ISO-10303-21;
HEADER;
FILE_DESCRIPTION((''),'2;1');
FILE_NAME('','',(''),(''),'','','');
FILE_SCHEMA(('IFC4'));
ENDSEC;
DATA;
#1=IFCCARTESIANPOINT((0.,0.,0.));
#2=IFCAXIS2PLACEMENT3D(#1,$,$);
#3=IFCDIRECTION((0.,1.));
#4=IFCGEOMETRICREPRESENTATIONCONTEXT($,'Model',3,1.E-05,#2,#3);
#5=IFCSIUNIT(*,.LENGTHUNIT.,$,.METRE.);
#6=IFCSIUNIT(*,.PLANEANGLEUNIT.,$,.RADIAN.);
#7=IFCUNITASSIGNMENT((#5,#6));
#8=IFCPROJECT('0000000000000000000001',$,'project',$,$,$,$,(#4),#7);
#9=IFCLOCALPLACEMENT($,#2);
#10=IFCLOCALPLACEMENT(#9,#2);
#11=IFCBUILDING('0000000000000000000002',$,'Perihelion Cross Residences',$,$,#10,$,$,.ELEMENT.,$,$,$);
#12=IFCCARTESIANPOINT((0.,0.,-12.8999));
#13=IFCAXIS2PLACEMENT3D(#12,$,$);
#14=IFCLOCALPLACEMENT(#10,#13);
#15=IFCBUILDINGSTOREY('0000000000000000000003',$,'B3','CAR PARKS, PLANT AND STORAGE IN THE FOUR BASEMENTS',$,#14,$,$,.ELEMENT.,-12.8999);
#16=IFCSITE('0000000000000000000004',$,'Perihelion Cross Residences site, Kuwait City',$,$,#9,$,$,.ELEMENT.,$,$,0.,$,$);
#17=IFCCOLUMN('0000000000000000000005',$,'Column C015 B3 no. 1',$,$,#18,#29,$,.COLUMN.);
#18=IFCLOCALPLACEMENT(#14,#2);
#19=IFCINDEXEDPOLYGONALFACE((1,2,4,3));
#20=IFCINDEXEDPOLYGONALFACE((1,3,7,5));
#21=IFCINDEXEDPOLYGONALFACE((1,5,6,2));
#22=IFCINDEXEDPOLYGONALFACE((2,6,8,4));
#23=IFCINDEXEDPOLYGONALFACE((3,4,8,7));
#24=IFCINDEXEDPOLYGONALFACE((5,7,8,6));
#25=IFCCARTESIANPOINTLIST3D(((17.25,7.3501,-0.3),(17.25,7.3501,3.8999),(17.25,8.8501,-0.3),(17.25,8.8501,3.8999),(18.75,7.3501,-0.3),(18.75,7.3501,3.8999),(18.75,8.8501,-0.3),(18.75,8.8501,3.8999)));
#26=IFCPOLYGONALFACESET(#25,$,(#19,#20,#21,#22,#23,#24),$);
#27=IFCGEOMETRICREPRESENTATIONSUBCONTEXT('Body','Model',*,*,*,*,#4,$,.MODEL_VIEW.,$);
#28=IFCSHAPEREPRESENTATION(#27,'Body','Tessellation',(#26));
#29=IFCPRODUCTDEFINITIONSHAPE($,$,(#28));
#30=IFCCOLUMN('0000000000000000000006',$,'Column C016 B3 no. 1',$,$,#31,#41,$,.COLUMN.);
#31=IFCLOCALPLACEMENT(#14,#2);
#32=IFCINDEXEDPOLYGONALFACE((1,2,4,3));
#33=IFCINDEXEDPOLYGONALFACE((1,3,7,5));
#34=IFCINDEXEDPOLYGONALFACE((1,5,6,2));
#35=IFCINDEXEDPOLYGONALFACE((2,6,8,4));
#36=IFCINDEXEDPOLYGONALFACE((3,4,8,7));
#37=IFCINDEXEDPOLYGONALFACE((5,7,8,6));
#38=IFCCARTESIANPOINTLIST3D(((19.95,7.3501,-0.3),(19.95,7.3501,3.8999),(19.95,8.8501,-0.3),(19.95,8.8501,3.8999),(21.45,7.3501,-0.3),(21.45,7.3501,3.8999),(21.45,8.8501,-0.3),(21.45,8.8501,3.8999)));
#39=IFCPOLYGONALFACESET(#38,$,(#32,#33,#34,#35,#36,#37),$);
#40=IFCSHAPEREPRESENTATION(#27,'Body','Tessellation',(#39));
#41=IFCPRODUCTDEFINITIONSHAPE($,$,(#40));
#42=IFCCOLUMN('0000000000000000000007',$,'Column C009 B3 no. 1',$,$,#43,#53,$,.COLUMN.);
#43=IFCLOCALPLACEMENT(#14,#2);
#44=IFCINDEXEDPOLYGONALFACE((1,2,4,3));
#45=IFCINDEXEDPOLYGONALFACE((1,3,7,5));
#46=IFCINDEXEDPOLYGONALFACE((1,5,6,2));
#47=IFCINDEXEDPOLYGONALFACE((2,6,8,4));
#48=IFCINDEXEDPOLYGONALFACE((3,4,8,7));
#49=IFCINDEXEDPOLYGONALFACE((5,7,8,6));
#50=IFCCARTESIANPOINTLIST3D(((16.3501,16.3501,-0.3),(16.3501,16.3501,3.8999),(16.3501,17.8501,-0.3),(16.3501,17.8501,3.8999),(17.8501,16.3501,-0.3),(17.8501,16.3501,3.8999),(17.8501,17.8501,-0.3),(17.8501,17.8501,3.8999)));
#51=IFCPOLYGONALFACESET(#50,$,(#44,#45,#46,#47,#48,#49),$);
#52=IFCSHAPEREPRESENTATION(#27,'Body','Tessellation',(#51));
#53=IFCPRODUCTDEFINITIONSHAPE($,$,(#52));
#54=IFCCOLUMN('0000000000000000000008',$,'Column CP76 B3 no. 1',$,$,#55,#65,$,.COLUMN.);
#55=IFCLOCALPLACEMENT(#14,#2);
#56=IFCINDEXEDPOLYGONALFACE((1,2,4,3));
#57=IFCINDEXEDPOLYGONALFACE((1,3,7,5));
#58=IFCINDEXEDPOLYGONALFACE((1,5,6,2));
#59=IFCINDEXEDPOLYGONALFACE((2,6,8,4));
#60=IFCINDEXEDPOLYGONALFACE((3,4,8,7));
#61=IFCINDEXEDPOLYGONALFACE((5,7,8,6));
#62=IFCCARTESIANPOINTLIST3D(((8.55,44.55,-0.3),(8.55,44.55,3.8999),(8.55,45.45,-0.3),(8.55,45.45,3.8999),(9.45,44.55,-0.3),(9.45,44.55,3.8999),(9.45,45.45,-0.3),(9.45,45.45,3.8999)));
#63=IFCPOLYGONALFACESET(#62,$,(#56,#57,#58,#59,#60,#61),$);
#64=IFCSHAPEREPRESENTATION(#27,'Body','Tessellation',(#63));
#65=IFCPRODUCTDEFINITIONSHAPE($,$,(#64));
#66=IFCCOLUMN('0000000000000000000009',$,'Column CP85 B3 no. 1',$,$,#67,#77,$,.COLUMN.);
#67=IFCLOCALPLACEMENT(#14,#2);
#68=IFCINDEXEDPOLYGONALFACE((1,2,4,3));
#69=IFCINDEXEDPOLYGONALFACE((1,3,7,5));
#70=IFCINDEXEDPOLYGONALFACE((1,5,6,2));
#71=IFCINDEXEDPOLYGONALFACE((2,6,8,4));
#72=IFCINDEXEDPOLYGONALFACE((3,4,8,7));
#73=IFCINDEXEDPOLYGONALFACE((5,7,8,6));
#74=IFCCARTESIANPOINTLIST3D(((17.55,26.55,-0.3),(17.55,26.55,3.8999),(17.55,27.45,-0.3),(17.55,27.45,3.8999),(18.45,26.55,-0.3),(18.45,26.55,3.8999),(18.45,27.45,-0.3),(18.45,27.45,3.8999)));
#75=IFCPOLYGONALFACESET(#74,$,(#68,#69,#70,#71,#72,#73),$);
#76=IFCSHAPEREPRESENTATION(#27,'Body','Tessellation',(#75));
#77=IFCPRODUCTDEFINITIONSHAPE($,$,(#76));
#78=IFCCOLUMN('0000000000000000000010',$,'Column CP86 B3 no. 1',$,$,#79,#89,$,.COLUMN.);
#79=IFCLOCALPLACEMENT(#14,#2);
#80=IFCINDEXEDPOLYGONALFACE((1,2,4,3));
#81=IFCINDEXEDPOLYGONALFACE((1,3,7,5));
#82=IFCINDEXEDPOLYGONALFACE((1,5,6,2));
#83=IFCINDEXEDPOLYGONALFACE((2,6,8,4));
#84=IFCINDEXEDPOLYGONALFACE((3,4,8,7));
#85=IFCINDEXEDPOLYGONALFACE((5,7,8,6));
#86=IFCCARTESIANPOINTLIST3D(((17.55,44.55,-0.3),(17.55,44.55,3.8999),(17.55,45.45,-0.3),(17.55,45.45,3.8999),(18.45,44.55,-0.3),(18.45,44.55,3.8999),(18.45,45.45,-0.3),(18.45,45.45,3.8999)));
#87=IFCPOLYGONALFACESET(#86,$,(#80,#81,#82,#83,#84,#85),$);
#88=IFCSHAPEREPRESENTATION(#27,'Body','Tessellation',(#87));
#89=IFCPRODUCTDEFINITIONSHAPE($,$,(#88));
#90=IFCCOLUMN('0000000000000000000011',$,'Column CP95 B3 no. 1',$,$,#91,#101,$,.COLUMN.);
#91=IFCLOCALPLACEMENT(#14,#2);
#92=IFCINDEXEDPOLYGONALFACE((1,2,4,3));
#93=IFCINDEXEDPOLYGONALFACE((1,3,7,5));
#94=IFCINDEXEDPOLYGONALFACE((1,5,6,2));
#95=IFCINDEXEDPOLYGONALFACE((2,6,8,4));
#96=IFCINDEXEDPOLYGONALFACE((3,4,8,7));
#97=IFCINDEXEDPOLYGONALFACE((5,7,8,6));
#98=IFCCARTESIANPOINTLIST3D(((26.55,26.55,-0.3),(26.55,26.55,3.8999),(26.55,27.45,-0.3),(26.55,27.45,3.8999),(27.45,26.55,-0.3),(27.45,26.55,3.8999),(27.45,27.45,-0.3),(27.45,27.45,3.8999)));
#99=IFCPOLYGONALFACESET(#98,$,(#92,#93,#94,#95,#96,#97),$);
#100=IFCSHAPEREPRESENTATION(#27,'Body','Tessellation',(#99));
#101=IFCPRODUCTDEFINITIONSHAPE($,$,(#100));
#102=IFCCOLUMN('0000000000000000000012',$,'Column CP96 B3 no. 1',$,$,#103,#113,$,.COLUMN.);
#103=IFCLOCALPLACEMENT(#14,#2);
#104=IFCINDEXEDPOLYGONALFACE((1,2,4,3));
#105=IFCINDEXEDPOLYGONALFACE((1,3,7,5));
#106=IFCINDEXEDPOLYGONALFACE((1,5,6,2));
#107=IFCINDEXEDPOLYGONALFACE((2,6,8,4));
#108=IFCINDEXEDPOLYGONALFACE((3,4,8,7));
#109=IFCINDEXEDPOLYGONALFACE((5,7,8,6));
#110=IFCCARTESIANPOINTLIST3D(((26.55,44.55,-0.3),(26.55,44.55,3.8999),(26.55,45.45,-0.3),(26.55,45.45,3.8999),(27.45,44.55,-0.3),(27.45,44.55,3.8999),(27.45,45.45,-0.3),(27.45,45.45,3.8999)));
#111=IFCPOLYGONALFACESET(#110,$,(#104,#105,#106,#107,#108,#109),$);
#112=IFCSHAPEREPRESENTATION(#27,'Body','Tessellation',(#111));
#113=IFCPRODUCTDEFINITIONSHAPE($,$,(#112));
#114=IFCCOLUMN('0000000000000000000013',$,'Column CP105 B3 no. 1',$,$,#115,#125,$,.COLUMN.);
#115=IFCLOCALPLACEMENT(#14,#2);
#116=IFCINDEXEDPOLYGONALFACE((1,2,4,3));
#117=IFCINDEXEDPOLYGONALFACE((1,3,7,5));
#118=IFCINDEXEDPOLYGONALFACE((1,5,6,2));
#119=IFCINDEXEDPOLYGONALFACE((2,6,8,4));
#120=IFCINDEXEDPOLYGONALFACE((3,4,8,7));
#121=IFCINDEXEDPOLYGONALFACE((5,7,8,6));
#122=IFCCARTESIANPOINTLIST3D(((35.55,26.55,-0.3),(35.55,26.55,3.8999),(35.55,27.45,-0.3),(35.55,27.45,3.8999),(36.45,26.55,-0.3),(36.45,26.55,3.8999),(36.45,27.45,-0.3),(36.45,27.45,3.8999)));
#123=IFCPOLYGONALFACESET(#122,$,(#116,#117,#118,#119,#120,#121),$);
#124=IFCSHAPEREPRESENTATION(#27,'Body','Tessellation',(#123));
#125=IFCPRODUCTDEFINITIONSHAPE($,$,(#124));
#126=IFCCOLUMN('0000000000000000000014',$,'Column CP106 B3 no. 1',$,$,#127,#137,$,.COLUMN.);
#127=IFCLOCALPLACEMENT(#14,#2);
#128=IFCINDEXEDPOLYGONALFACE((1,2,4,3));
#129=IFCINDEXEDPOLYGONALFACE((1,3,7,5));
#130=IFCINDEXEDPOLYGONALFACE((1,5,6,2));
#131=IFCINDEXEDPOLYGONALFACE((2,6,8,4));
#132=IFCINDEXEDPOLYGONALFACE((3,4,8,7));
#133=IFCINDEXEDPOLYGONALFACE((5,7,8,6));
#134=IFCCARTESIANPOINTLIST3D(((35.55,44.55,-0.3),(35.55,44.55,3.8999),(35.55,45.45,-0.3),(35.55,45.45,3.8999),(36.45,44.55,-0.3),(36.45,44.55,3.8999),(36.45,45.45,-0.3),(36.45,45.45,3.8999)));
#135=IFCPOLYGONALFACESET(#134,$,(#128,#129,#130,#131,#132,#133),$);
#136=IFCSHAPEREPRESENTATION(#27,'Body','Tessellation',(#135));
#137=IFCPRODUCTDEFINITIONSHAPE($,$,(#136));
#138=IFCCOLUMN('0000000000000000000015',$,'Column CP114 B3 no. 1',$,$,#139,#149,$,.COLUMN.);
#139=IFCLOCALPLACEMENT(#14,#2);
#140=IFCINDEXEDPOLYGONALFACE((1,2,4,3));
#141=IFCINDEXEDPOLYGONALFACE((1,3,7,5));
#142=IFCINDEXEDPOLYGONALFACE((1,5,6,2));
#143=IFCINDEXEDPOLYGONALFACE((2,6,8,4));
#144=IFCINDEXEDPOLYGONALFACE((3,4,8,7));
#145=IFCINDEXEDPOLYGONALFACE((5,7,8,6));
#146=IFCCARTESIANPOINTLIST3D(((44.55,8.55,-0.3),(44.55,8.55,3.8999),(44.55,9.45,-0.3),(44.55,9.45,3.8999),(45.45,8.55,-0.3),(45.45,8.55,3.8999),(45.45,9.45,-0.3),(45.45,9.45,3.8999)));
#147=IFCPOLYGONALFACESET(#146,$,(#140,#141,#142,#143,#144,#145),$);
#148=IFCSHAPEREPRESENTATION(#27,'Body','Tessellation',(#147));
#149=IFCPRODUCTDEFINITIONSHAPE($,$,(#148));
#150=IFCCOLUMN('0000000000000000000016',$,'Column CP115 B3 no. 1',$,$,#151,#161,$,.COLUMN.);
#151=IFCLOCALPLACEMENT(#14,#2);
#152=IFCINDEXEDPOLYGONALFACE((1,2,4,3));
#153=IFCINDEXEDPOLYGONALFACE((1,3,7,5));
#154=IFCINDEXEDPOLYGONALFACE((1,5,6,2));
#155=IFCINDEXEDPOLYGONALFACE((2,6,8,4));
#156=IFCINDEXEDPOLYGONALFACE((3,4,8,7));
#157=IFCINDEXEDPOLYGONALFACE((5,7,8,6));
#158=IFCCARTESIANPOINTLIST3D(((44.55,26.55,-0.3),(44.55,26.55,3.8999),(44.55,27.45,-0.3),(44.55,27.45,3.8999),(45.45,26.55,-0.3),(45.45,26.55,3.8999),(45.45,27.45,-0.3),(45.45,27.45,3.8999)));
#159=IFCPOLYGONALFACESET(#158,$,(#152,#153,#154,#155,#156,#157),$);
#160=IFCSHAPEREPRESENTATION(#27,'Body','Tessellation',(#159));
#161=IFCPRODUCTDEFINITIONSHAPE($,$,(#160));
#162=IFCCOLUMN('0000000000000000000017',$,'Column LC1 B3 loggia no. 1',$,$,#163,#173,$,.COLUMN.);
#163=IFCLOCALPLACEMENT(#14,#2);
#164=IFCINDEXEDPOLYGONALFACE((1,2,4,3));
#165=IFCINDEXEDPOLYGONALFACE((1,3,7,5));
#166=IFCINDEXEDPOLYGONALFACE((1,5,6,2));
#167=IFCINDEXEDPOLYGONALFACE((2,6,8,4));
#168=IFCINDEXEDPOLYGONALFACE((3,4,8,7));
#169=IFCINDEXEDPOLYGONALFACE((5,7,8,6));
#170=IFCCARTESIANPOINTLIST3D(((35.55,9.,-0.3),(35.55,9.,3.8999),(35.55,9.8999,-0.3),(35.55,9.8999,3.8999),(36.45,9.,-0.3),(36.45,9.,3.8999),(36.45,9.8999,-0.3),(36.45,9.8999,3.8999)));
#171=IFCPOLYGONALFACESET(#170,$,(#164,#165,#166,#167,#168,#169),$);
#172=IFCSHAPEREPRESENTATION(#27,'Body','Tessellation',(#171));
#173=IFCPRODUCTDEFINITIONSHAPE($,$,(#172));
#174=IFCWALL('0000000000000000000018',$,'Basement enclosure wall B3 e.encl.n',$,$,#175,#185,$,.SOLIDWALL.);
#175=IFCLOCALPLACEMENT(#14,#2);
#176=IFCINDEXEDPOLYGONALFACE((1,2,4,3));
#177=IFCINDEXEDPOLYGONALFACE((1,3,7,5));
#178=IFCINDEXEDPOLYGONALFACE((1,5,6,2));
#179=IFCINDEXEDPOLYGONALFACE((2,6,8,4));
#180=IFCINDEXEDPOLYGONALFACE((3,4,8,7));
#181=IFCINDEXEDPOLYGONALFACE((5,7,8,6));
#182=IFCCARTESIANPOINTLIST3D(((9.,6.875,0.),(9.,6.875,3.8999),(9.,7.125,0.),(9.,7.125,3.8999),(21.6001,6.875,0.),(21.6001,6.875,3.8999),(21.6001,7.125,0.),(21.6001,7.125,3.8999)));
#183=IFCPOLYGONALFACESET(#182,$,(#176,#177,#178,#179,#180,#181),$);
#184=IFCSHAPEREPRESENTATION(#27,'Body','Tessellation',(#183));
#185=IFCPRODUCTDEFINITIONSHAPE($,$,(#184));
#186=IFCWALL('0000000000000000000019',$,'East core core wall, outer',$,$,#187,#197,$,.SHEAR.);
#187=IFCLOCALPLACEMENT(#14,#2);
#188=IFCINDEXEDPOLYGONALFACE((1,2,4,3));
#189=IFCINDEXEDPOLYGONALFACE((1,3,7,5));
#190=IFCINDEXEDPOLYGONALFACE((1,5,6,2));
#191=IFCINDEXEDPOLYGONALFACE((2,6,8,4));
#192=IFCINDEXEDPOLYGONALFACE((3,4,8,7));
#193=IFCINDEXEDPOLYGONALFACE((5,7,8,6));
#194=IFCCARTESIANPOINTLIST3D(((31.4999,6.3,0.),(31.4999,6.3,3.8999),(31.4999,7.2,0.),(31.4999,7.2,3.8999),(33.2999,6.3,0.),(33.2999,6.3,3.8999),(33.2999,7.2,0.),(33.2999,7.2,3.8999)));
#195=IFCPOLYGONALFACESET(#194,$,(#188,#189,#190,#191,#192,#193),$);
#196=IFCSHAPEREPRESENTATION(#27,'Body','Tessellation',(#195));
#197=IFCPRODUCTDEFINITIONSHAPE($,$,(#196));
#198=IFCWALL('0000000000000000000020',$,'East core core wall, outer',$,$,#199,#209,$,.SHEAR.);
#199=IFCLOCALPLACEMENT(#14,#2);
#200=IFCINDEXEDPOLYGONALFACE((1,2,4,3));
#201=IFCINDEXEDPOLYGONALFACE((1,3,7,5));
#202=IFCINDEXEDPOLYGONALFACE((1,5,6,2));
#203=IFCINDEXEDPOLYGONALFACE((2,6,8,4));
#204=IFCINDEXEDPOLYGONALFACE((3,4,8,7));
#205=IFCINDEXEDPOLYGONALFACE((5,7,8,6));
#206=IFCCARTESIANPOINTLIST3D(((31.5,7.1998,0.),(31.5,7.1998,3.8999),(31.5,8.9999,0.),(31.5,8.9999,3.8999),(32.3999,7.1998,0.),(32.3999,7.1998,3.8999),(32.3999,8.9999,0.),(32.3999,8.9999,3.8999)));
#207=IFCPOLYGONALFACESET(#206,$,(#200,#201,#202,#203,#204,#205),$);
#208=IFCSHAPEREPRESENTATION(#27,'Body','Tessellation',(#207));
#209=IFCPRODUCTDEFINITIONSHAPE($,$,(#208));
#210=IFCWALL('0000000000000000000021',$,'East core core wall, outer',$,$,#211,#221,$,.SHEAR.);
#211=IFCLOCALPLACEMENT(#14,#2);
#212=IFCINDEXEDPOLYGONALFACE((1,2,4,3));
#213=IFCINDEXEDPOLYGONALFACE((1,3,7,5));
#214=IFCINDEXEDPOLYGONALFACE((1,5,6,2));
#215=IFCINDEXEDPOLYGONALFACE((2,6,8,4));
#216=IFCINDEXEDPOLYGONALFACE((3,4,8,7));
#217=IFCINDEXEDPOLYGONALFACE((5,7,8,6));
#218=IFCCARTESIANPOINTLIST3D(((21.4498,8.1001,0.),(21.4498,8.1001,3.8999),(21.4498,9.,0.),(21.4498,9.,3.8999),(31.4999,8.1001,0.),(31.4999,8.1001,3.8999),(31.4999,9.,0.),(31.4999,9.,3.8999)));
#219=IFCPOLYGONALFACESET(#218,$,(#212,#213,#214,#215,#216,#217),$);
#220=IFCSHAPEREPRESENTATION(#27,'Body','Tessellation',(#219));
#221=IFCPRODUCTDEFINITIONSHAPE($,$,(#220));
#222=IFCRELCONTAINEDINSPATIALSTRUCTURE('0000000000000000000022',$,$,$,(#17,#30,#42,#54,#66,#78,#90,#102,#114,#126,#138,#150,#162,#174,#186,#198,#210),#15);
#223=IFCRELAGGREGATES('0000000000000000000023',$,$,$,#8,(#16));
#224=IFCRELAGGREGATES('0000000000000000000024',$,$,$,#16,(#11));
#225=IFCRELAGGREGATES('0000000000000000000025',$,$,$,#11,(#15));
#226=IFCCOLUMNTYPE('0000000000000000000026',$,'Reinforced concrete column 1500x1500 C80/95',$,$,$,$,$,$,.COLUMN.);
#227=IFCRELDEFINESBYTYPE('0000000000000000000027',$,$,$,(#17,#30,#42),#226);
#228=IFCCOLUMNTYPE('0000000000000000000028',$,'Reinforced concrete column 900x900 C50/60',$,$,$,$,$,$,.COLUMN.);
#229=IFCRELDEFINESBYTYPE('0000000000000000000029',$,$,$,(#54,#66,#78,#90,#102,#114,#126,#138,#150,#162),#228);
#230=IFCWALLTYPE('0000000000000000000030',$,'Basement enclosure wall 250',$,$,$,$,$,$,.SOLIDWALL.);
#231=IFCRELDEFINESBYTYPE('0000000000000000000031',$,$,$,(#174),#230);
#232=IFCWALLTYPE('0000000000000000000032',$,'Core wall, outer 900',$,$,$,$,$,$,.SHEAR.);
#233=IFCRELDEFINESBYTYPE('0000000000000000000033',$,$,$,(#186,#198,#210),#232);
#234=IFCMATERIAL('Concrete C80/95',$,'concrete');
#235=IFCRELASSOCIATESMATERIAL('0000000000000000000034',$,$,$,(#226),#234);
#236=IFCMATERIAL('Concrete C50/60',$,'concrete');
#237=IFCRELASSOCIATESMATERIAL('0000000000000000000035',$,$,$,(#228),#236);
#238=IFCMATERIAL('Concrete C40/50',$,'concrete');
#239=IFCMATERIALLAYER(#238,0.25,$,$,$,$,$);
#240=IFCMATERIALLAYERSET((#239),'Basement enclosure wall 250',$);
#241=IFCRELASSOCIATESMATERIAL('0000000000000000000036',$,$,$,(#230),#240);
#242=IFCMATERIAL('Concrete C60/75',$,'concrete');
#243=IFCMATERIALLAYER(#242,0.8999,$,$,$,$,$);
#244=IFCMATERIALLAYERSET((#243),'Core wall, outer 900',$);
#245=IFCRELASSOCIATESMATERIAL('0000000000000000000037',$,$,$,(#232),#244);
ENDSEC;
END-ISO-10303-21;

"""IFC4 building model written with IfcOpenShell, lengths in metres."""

from ifc_helpers import new_model, si_unit, direction, frame, frame_2d, origin, origin_2d, place, context, subcontext, project, spatial, rectangle, extrude, material, layer, layer_set, material_profile, profile_set, type_object, element, save


model = new_model("IFC4")

# Units and contexts
model_context = context("Model", 3, precision=1e-05, world=origin(), true_north=direction((0.0, 1.0)))
body_context = subcontext(model_context, "Body", "Model", "MODEL_VIEW")
ifc_project = project(units=[si_unit("LENGTHUNIT", "METRE"), si_unit("PLANEANGLEUNIT", "RADIAN")], contexts=[model_context])

# Site, building, storey
site_placement = place(None, origin())
site = spatial("IfcSite", under=ifc_project, at=site_placement, Name="Perihelion Cross Residences site, Kuwait City", CompositionType="ELEMENT", RefElevation=0.0)
building_placement = place(site_placement, origin())
building = spatial("IfcBuilding", under=site, at=building_placement, Name="Perihelion Cross Residences", CompositionType="ELEMENT")
storey_placement = place(building_placement, frame((0.0, 0.0, -12.8999)))
storey = spatial("IfcBuildingStorey", under=building, at=storey_placement, Name="B3", Description="CAR PARKS, PLANT AND STORAGE IN THE FOUR BASEMENTS", CompositionType="ELEMENT", Elevation=-12.8999)

# Columns
ifc_material_1 = material(Name="Concrete C80/95", Category="concrete")
ifc_material_profile_1 = material_profile(ifc_material_1, rectangle(XDim=1.5, YDim=1.5, at=origin_2d()), Name="RC 1500x1500")
ifc_profile_set_1 = profile_set([ifc_material_profile_1], Name="Concrete C80/95")
column_type_1 = type_object("IfcColumnType", Name="Reinforced concrete column 1500x1500 C80/95", PredefinedType="COLUMN", material=ifc_profile_set_1)
for number, where, z_axis, x_axis, name in (
    (1, (18.0, 8.1001, -0.3), (0.0, 0.0, 1.0), (1.0, 0.0, 0.0), "Column C015 B3 no. 1"),
    (2, (20.7, 8.1001, -0.3), (0.0, 0.0, 1.0), (1.0, 0.0, 0.0), "Column C016 B3 no. 1"),
    (3, (17.1001, 17.1001, -0.3), (0.0, 0.0, 1.0), (1.0, 0.0, 0.0), "Column C009 B3 no. 1"),
):
    element("IfcColumn", number, at=place(storey_placement, frame(where, z_axis=z_axis, x_axis=x_axis)), inside=storey, type_object=column_type_1, Name=name, PredefinedType="COLUMN", context=body_context, shape_type="SweptSolid", body=[
        extrude(rectangle(XDim=1.5, YDim=1.5, at=origin_2d()), origin(), (0.0, 0.0, 1.0), 4.2),
    ])
ifc_material_2 = material(Name="Concrete C50/60", Category="concrete")
ifc_material_profile_2 = material_profile(ifc_material_2, rectangle(XDim=0.8999, YDim=0.8999, at=origin_2d()), Name="RC 900x900")
ifc_profile_set_2 = profile_set([ifc_material_profile_2], Name="Concrete C50/60")
column_type_2 = type_object("IfcColumnType", Name="Reinforced concrete column 900x900 C50/60", PredefinedType="COLUMN", material=ifc_profile_set_2)
for number, where, z_axis, x_axis, name in (
    (4, (9.0, 45.0, -0.3), (0.0, 0.0, 1.0), (1.0, 0.0, 0.0), "Column CP76 B3 no. 1"),
    (5, (18.0, 27.0, -0.3), (0.0, 0.0, 1.0), (1.0, 0.0, 0.0), "Column CP85 B3 no. 1"),
    (6, (18.0, 45.0, -0.3), (0.0, 0.0, 1.0), (1.0, 0.0, 0.0), "Column CP86 B3 no. 1"),
    (7, (27.0, 27.0, -0.3), (0.0, 0.0, 1.0), (1.0, 0.0, 0.0), "Column CP95 B3 no. 1"),
    (8, (27.0, 45.0, -0.3), (0.0, 0.0, 1.0), (1.0, 0.0, 0.0), "Column CP96 B3 no. 1"),
    (9, (36.0, 27.0, -0.3), (0.0, 0.0, 1.0), (1.0, 0.0, 0.0), "Column CP105 B3 no. 1"),
    (10, (36.0, 45.0, -0.3), (0.0, 0.0, 1.0), (1.0, 0.0, 0.0), "Column CP106 B3 no. 1"),
    (11, (45.0, 9.0, -0.3), (0.0, 0.0, 1.0), (1.0, 0.0, 0.0), "Column CP114 B3 no. 1"),
    (12, (45.0, 27.0, -0.3), (0.0, 0.0, 1.0), (1.0, 0.0, 0.0), "Column CP115 B3 no. 1"),
    (13, (36.0, 9.45, -0.3), (0.0, 0.0, 1.0), (1.0, 0.0, 0.0), "Column LC1 B3 loggia no. 1"),
):
    element("IfcColumn", number, at=place(storey_placement, frame(where, z_axis=z_axis, x_axis=x_axis)), inside=storey, type_object=column_type_2, Name=name, PredefinedType="COLUMN", context=body_context, shape_type="SweptSolid", body=[
        extrude(rectangle(XDim=0.8999, YDim=0.8999, at=origin_2d()), origin(), (0.0, 0.0, 1.0), 4.2),
    ])

# Walls
ifc_material_3 = material(Name="Concrete C40/50", Category="concrete")
ifc_layer_1 = layer(ifc_material_3, 0.25)
ifc_layer_set_1 = layer_set([ifc_layer_1], Name="Basement enclosure wall 250")
wall_type_1 = type_object("IfcWallType", Name="Basement enclosure wall 250", PredefinedType="SOLIDWALL", material=ifc_layer_set_1)
wall_1_placement = place(storey_placement, frame((9.0, 7.0, 0.0), z_axis=(0.0, 0.0, 1.0), x_axis=(1.0, 0.0, 0.0)))
element("IfcWall", 14, at=wall_1_placement, inside=storey, type_object=wall_type_1, Name="Basement enclosure wall B3 e.encl.n", PredefinedType="SOLIDWALL", context=body_context, shape_type="SweptSolid", body=[
    extrude(rectangle(XDim=12.6001, YDim=0.25, at=frame_2d((6.3, 0.0))), origin(), (0.0, 0.0, 1.0), 3.8999),
])
ifc_material_4 = material(Name="Concrete C60/75", Category="concrete")
ifc_layer_2 = layer(ifc_material_4, 0.8999)
ifc_layer_set_2 = layer_set([ifc_layer_2], Name="Core wall, outer 900")
wall_type_2 = type_object("IfcWallType", Name="Core wall, outer 900", PredefinedType="SHEAR", material=ifc_layer_set_2)
for number, where, z_axis, x_axis, name in (
    (15, (31.5, 6.75, 0.0), (0.0, 0.0, 1.0), (1.0, 0.0, 0.0), "East core core wall, outer"),
    (16, (31.95, 7.2, 0.0), (0.0, 0.0, 1.0), (0.0, 1.0, 0.0), "East core core wall, outer"),
):
    element("IfcWall", number, at=place(storey_placement, frame(where, z_axis=z_axis, x_axis=x_axis)), inside=storey, type_object=wall_type_2, Name=name, PredefinedType="SHEAR", context=body_context, shape_type="SweptSolid", body=[
        extrude(rectangle(XDim=1.8, YDim=0.8999, at=frame_2d((0.8999, 0.0))), origin(), (0.0, 0.0, 1.0), 3.8999),
    ])
wall_2_placement = place(storey_placement, frame((21.45, 8.55, 0.0), z_axis=(0.0, 0.0, 1.0), x_axis=(1.0, 0.0, 0.0)))
element("IfcWall", 17, at=wall_2_placement, inside=storey, type_object=wall_type_2, Name="East core core wall, outer", PredefinedType="SHEAR", context=body_context, shape_type="SweptSolid", body=[
    extrude(rectangle(XDim=10.05, YDim=0.8999, at=frame_2d((5.0249, 0.0))), origin(), (0.0, 0.0, 1.0), 3.8999),
])

save(model, "model.ifc")
